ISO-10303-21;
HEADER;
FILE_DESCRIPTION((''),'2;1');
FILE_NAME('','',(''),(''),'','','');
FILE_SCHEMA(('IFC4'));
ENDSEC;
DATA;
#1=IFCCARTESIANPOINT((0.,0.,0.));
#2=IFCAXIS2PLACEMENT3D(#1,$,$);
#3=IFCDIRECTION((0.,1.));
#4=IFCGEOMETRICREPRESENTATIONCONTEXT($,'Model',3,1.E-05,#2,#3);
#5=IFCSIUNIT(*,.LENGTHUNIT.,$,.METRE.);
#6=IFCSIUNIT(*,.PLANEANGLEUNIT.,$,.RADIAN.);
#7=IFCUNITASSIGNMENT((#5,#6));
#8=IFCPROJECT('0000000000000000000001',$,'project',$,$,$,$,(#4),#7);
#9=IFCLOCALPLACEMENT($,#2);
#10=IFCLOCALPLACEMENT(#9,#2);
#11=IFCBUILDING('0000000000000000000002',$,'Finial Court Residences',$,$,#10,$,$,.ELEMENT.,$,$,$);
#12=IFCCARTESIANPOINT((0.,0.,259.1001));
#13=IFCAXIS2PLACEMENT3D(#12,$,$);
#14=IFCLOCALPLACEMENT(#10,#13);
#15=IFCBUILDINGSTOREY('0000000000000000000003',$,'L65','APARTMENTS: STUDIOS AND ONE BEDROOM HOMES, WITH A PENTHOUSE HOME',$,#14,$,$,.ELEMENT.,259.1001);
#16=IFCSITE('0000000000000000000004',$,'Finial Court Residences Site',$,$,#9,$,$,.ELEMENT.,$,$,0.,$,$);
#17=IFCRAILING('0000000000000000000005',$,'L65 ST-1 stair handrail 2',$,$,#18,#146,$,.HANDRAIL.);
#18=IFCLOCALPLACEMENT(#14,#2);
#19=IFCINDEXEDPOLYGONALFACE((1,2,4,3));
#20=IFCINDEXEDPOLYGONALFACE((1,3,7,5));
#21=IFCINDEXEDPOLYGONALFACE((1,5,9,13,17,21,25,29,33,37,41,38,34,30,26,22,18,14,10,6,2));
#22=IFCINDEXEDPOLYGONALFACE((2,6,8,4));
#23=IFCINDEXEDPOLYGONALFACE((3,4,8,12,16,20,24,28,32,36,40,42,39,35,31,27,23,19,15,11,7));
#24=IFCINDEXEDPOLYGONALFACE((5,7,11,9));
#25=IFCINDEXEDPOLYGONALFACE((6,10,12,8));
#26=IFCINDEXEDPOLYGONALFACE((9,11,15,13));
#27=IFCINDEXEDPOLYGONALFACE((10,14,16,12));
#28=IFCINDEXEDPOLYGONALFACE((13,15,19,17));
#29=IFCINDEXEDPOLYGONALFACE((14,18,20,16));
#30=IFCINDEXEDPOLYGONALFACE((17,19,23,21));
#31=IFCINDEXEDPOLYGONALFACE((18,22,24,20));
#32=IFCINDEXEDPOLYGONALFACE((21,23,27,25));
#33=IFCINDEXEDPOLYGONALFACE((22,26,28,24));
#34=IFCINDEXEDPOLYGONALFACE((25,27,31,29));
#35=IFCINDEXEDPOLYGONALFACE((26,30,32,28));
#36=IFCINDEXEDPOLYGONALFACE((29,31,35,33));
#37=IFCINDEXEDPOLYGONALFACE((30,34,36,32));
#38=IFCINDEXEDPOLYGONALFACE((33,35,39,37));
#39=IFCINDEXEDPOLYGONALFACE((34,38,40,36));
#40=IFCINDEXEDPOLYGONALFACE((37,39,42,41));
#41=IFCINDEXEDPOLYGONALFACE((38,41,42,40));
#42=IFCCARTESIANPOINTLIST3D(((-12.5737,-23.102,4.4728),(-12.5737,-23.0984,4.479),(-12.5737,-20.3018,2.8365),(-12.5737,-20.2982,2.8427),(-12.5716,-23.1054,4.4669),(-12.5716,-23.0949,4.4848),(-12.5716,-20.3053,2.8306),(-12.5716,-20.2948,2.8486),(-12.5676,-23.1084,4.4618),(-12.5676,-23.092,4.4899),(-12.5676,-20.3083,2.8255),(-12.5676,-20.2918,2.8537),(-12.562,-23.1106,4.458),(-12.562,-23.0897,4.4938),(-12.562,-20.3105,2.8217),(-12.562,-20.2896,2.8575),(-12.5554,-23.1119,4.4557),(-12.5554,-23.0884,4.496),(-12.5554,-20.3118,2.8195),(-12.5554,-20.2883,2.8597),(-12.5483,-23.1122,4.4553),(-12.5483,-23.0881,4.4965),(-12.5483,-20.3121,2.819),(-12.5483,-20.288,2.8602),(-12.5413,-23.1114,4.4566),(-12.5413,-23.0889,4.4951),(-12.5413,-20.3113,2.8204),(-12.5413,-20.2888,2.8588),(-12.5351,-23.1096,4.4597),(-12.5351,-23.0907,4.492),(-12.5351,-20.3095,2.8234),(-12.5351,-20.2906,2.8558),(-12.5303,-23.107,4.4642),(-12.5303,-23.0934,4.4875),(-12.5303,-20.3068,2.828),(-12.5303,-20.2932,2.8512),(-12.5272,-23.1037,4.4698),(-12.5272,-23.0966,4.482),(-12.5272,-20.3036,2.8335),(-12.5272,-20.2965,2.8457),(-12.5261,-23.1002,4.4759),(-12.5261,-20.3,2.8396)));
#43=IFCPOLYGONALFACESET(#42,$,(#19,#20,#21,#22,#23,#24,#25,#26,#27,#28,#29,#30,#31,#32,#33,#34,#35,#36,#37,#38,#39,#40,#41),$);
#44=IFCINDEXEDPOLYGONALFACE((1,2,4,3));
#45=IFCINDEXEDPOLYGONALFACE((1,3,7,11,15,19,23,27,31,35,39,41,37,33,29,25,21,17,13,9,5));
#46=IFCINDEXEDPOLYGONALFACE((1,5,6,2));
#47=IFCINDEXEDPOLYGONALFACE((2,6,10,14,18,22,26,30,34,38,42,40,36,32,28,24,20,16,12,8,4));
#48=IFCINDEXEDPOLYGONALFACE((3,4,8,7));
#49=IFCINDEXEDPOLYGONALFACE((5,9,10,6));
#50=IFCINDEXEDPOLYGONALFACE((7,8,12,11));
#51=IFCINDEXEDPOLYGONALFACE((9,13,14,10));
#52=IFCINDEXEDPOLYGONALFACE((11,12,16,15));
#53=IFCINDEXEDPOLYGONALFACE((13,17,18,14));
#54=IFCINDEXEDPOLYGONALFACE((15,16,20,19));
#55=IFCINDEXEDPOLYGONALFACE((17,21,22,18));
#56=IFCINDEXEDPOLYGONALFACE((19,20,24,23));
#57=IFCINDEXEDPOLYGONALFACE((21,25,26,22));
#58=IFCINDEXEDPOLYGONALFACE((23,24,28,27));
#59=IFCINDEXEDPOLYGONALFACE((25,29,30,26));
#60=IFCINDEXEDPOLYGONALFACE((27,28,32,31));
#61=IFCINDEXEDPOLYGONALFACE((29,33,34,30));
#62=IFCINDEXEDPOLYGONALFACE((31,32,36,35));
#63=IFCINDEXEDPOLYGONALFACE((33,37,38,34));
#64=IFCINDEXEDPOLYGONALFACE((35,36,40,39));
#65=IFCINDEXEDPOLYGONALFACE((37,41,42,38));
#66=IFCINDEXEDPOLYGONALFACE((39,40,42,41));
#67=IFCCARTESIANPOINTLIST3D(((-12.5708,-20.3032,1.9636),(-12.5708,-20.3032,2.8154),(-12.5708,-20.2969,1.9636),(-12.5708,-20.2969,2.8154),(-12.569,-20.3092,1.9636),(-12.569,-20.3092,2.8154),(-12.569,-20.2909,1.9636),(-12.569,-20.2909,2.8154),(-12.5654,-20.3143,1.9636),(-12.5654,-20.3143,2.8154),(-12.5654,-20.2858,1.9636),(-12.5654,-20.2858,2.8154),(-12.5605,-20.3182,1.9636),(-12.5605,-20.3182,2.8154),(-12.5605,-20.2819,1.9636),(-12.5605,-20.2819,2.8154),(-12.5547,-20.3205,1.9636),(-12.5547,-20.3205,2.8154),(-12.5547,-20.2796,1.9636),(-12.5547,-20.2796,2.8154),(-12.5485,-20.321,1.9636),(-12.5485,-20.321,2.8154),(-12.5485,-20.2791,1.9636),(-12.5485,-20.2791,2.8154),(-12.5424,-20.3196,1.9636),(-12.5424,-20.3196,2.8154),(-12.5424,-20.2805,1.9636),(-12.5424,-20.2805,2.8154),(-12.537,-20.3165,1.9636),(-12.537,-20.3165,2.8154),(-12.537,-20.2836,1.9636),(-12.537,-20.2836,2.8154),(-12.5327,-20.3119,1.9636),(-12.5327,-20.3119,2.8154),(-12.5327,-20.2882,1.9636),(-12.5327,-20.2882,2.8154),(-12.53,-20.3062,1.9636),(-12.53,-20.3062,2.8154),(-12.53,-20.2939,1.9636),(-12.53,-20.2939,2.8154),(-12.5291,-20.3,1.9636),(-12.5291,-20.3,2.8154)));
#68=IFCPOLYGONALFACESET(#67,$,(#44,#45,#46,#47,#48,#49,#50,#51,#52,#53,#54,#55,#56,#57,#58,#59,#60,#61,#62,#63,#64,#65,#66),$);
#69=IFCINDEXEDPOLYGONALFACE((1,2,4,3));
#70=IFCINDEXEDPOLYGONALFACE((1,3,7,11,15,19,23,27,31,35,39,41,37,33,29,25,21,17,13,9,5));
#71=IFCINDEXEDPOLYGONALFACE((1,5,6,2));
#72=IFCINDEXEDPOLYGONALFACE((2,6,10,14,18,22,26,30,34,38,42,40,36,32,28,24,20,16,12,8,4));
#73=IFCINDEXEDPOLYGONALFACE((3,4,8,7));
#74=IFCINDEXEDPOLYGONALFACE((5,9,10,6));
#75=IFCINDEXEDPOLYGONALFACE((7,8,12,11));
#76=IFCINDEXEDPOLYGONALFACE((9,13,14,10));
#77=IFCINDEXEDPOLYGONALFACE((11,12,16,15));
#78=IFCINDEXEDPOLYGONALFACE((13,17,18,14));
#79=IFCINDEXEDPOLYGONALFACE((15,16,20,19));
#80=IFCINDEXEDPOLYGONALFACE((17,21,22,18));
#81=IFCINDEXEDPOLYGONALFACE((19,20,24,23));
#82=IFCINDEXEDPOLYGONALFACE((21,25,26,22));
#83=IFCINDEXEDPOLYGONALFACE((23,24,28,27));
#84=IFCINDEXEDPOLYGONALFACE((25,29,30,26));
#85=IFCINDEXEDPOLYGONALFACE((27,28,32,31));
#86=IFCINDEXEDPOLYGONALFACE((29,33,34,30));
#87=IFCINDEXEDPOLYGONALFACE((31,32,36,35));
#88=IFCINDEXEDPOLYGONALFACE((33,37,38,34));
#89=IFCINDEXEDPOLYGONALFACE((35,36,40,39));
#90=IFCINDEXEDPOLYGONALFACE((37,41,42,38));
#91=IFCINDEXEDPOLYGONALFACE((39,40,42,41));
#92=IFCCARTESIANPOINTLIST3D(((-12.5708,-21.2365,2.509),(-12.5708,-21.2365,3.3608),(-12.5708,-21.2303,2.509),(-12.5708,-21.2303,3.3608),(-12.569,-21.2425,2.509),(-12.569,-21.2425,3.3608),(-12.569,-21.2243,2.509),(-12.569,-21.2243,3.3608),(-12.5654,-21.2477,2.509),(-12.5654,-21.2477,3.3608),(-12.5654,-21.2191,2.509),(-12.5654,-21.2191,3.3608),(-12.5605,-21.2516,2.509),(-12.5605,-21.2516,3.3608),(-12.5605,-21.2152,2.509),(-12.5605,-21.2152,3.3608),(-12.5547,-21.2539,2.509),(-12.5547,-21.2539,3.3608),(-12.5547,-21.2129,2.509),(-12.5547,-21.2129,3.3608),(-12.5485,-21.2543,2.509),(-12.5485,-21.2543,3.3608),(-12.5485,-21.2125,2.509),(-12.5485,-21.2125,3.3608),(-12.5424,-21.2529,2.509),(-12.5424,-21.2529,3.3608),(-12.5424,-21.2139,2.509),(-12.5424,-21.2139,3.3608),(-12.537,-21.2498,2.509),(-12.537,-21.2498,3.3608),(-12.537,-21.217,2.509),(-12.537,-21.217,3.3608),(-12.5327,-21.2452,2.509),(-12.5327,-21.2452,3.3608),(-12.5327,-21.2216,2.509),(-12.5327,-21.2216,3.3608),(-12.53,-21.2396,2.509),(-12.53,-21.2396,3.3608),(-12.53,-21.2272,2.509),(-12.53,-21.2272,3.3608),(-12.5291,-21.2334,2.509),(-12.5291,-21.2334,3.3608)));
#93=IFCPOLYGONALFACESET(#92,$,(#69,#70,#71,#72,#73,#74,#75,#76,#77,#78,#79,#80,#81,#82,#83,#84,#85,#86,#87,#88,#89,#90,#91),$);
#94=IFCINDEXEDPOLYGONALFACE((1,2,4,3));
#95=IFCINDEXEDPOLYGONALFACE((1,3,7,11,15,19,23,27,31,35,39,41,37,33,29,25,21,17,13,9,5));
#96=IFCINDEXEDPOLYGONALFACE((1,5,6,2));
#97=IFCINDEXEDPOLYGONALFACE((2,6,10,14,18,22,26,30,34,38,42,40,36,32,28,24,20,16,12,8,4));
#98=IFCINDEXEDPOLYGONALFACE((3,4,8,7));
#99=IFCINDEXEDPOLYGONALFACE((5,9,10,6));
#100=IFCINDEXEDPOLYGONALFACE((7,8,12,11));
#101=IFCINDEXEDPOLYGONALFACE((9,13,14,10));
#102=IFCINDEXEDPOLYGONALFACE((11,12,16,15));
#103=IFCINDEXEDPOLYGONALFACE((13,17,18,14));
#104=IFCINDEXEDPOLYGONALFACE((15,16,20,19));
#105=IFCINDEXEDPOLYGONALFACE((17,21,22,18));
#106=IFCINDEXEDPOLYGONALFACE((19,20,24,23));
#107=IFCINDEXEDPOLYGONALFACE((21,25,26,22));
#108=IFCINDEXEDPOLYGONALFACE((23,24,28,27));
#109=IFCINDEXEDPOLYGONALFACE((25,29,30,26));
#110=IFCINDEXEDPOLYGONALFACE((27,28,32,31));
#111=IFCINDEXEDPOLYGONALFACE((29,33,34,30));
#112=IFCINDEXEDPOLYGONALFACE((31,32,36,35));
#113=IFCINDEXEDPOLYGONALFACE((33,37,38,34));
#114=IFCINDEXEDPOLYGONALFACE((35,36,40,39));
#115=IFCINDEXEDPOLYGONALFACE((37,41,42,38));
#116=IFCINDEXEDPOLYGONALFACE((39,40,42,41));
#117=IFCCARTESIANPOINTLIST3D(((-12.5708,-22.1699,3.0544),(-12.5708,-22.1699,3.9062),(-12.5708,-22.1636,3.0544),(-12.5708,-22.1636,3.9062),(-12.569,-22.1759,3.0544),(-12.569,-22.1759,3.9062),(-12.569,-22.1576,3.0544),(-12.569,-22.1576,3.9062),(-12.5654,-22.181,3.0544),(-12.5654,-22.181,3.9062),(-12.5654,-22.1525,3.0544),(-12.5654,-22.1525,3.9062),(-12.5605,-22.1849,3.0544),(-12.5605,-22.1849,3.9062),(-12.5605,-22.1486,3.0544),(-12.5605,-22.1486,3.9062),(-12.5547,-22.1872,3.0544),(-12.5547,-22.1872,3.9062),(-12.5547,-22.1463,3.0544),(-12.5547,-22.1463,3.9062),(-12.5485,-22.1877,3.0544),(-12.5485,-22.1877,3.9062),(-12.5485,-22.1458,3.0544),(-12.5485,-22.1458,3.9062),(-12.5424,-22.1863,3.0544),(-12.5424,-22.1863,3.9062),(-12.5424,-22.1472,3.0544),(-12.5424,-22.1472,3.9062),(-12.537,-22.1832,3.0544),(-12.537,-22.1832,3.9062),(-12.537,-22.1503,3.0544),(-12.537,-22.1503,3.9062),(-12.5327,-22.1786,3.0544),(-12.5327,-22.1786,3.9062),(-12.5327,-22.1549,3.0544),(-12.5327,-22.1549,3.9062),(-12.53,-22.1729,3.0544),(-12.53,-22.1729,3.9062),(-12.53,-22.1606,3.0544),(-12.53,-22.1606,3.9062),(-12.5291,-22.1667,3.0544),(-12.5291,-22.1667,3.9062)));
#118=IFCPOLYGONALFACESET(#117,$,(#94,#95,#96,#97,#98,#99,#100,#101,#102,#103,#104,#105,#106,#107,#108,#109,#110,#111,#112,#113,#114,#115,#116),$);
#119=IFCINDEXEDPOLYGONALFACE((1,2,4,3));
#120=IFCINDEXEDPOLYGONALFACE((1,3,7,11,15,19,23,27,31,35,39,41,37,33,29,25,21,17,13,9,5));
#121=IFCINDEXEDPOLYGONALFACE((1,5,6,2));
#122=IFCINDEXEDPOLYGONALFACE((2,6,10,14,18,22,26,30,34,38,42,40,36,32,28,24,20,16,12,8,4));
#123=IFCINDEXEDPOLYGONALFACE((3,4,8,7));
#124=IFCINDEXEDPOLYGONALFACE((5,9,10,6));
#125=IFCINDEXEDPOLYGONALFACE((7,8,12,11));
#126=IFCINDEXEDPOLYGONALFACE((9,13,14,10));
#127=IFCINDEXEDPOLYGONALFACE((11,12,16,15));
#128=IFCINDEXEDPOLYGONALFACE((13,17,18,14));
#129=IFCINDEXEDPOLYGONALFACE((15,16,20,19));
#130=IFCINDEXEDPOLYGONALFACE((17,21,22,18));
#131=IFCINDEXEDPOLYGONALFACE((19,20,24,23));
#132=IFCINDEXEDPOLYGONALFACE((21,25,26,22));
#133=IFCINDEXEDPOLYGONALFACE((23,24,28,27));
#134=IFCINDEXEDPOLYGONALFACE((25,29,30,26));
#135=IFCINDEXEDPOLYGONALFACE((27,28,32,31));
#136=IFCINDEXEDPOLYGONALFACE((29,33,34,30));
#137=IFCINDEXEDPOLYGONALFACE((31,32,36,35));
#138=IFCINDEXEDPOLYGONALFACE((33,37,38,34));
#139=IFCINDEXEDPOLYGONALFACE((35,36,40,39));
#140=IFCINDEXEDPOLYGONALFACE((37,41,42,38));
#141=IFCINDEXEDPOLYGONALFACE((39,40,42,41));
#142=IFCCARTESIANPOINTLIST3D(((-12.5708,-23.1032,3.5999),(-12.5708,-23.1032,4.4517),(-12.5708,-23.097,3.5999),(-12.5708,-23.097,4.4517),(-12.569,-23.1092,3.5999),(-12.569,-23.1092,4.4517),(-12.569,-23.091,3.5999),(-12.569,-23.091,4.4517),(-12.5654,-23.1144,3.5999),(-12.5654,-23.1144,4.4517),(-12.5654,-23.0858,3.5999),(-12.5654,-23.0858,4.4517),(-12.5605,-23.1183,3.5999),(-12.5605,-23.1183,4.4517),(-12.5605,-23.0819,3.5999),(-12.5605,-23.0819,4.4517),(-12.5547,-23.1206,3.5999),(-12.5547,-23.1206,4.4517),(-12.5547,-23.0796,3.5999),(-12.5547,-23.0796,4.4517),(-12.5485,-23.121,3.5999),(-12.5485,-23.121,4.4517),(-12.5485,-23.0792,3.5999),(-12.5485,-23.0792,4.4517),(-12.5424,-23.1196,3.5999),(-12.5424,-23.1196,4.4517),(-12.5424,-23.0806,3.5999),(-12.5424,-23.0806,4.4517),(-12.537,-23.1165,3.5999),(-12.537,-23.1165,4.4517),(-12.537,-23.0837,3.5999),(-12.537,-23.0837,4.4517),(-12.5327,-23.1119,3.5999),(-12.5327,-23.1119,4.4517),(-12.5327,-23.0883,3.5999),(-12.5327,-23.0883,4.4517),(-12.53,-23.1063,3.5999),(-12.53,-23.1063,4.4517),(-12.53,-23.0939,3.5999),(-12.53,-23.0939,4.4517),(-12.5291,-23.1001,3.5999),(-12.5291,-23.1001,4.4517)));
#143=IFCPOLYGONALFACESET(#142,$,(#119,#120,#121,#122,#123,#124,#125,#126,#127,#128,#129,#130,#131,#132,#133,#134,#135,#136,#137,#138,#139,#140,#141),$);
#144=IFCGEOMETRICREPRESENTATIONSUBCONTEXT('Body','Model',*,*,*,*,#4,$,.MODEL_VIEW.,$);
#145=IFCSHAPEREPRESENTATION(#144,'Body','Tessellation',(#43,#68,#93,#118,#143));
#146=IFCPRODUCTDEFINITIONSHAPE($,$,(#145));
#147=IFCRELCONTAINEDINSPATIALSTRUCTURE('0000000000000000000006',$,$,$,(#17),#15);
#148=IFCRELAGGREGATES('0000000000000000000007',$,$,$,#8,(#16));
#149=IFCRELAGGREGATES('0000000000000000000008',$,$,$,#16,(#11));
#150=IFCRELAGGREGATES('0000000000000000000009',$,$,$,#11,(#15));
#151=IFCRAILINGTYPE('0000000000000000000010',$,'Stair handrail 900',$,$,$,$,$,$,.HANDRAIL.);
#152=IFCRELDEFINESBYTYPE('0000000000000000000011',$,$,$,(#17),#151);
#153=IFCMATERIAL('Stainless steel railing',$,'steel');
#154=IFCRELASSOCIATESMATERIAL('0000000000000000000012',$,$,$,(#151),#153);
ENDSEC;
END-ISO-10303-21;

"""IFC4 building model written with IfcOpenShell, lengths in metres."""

from ifc_helpers import new_model, si_unit, direction, frame, origin, origin_2d, place, context, subcontext, project, spatial, circle, extrude, material, type_object, element, save


model = new_model("IFC4")

# Units and contexts
model_context = context("Model", 3, precision=1e-05, world=origin(), true_north=direction((0.0, 1.0)))
body_context = subcontext(model_context, "Body", "Model", "MODEL_VIEW")
ifc_project = project(units=[si_unit("LENGTHUNIT", "METRE"), si_unit("PLANEANGLEUNIT", "RADIAN")], contexts=[model_context])

# Site, building, storey
site_placement = place(None, origin())
site = spatial("IfcSite", under=ifc_project, at=site_placement, Name="Finial Court Residences Site", CompositionType="ELEMENT", RefElevation=0.0)
building_placement = place(site_placement, origin())
building = spatial("IfcBuilding", under=site, at=building_placement, Name="Finial Court Residences", CompositionType="ELEMENT")
storey_placement = place(building_placement, frame((0.0, 0.0, 259.1001)))
storey = spatial("IfcBuildingStorey", under=building, at=storey_placement, Name="L65", Description="APARTMENTS: STUDIOS AND ONE BEDROOM HOMES, WITH A PENTHOUSE HOME", CompositionType="ELEMENT", Elevation=259.1001)

# Railing
ifc_material_1 = material(Name="Stainless steel railing", Category="steel")
railing_type_1 = type_object("IfcRailingType", Name="Stair handrail 900", PredefinedType="HANDRAIL", material=ifc_material_1)
railing_1_placement = place(storey_placement, frame((-12.55, -20.3, 1.9636)))
element("IfcRailing", 1, at=railing_1_placement, inside=storey, type_object=railing_type_1, Name="L65 ST-1 stair handrail 2", PredefinedType="HANDRAIL", context=body_context, shape_type="SweptSolid", body=[
    extrude(circle(Radius=0.0239, at=origin_2d()), frame((0.0, 0.0, 0.876), z_axis=(0.0, -0.863394, 0.504531), x_axis=(1.0, 0.0, 0.0)), (0.0, 0.0, 1.0), 3.2432),
    extrude(circle(Radius=0.021, at=origin_2d()), origin(), (0.0, 0.0, 1.0), 0.8518),
    extrude(circle(Radius=0.021, at=origin_2d()), frame((0.0, -0.9333, 0.5454)), (0.0, 0.0, 1.0), 0.8518),
    extrude(circle(Radius=0.021, at=origin_2d()), frame((0.0, -1.8667, 1.0908)), (0.0, 0.0, 1.0), 0.8518),
    extrude(circle(Radius=0.021, at=origin_2d()), frame((0.0, -2.8, 1.6362)), (0.0, 0.0, 1.0), 0.8518),
])

save(model, "model.ifc")
